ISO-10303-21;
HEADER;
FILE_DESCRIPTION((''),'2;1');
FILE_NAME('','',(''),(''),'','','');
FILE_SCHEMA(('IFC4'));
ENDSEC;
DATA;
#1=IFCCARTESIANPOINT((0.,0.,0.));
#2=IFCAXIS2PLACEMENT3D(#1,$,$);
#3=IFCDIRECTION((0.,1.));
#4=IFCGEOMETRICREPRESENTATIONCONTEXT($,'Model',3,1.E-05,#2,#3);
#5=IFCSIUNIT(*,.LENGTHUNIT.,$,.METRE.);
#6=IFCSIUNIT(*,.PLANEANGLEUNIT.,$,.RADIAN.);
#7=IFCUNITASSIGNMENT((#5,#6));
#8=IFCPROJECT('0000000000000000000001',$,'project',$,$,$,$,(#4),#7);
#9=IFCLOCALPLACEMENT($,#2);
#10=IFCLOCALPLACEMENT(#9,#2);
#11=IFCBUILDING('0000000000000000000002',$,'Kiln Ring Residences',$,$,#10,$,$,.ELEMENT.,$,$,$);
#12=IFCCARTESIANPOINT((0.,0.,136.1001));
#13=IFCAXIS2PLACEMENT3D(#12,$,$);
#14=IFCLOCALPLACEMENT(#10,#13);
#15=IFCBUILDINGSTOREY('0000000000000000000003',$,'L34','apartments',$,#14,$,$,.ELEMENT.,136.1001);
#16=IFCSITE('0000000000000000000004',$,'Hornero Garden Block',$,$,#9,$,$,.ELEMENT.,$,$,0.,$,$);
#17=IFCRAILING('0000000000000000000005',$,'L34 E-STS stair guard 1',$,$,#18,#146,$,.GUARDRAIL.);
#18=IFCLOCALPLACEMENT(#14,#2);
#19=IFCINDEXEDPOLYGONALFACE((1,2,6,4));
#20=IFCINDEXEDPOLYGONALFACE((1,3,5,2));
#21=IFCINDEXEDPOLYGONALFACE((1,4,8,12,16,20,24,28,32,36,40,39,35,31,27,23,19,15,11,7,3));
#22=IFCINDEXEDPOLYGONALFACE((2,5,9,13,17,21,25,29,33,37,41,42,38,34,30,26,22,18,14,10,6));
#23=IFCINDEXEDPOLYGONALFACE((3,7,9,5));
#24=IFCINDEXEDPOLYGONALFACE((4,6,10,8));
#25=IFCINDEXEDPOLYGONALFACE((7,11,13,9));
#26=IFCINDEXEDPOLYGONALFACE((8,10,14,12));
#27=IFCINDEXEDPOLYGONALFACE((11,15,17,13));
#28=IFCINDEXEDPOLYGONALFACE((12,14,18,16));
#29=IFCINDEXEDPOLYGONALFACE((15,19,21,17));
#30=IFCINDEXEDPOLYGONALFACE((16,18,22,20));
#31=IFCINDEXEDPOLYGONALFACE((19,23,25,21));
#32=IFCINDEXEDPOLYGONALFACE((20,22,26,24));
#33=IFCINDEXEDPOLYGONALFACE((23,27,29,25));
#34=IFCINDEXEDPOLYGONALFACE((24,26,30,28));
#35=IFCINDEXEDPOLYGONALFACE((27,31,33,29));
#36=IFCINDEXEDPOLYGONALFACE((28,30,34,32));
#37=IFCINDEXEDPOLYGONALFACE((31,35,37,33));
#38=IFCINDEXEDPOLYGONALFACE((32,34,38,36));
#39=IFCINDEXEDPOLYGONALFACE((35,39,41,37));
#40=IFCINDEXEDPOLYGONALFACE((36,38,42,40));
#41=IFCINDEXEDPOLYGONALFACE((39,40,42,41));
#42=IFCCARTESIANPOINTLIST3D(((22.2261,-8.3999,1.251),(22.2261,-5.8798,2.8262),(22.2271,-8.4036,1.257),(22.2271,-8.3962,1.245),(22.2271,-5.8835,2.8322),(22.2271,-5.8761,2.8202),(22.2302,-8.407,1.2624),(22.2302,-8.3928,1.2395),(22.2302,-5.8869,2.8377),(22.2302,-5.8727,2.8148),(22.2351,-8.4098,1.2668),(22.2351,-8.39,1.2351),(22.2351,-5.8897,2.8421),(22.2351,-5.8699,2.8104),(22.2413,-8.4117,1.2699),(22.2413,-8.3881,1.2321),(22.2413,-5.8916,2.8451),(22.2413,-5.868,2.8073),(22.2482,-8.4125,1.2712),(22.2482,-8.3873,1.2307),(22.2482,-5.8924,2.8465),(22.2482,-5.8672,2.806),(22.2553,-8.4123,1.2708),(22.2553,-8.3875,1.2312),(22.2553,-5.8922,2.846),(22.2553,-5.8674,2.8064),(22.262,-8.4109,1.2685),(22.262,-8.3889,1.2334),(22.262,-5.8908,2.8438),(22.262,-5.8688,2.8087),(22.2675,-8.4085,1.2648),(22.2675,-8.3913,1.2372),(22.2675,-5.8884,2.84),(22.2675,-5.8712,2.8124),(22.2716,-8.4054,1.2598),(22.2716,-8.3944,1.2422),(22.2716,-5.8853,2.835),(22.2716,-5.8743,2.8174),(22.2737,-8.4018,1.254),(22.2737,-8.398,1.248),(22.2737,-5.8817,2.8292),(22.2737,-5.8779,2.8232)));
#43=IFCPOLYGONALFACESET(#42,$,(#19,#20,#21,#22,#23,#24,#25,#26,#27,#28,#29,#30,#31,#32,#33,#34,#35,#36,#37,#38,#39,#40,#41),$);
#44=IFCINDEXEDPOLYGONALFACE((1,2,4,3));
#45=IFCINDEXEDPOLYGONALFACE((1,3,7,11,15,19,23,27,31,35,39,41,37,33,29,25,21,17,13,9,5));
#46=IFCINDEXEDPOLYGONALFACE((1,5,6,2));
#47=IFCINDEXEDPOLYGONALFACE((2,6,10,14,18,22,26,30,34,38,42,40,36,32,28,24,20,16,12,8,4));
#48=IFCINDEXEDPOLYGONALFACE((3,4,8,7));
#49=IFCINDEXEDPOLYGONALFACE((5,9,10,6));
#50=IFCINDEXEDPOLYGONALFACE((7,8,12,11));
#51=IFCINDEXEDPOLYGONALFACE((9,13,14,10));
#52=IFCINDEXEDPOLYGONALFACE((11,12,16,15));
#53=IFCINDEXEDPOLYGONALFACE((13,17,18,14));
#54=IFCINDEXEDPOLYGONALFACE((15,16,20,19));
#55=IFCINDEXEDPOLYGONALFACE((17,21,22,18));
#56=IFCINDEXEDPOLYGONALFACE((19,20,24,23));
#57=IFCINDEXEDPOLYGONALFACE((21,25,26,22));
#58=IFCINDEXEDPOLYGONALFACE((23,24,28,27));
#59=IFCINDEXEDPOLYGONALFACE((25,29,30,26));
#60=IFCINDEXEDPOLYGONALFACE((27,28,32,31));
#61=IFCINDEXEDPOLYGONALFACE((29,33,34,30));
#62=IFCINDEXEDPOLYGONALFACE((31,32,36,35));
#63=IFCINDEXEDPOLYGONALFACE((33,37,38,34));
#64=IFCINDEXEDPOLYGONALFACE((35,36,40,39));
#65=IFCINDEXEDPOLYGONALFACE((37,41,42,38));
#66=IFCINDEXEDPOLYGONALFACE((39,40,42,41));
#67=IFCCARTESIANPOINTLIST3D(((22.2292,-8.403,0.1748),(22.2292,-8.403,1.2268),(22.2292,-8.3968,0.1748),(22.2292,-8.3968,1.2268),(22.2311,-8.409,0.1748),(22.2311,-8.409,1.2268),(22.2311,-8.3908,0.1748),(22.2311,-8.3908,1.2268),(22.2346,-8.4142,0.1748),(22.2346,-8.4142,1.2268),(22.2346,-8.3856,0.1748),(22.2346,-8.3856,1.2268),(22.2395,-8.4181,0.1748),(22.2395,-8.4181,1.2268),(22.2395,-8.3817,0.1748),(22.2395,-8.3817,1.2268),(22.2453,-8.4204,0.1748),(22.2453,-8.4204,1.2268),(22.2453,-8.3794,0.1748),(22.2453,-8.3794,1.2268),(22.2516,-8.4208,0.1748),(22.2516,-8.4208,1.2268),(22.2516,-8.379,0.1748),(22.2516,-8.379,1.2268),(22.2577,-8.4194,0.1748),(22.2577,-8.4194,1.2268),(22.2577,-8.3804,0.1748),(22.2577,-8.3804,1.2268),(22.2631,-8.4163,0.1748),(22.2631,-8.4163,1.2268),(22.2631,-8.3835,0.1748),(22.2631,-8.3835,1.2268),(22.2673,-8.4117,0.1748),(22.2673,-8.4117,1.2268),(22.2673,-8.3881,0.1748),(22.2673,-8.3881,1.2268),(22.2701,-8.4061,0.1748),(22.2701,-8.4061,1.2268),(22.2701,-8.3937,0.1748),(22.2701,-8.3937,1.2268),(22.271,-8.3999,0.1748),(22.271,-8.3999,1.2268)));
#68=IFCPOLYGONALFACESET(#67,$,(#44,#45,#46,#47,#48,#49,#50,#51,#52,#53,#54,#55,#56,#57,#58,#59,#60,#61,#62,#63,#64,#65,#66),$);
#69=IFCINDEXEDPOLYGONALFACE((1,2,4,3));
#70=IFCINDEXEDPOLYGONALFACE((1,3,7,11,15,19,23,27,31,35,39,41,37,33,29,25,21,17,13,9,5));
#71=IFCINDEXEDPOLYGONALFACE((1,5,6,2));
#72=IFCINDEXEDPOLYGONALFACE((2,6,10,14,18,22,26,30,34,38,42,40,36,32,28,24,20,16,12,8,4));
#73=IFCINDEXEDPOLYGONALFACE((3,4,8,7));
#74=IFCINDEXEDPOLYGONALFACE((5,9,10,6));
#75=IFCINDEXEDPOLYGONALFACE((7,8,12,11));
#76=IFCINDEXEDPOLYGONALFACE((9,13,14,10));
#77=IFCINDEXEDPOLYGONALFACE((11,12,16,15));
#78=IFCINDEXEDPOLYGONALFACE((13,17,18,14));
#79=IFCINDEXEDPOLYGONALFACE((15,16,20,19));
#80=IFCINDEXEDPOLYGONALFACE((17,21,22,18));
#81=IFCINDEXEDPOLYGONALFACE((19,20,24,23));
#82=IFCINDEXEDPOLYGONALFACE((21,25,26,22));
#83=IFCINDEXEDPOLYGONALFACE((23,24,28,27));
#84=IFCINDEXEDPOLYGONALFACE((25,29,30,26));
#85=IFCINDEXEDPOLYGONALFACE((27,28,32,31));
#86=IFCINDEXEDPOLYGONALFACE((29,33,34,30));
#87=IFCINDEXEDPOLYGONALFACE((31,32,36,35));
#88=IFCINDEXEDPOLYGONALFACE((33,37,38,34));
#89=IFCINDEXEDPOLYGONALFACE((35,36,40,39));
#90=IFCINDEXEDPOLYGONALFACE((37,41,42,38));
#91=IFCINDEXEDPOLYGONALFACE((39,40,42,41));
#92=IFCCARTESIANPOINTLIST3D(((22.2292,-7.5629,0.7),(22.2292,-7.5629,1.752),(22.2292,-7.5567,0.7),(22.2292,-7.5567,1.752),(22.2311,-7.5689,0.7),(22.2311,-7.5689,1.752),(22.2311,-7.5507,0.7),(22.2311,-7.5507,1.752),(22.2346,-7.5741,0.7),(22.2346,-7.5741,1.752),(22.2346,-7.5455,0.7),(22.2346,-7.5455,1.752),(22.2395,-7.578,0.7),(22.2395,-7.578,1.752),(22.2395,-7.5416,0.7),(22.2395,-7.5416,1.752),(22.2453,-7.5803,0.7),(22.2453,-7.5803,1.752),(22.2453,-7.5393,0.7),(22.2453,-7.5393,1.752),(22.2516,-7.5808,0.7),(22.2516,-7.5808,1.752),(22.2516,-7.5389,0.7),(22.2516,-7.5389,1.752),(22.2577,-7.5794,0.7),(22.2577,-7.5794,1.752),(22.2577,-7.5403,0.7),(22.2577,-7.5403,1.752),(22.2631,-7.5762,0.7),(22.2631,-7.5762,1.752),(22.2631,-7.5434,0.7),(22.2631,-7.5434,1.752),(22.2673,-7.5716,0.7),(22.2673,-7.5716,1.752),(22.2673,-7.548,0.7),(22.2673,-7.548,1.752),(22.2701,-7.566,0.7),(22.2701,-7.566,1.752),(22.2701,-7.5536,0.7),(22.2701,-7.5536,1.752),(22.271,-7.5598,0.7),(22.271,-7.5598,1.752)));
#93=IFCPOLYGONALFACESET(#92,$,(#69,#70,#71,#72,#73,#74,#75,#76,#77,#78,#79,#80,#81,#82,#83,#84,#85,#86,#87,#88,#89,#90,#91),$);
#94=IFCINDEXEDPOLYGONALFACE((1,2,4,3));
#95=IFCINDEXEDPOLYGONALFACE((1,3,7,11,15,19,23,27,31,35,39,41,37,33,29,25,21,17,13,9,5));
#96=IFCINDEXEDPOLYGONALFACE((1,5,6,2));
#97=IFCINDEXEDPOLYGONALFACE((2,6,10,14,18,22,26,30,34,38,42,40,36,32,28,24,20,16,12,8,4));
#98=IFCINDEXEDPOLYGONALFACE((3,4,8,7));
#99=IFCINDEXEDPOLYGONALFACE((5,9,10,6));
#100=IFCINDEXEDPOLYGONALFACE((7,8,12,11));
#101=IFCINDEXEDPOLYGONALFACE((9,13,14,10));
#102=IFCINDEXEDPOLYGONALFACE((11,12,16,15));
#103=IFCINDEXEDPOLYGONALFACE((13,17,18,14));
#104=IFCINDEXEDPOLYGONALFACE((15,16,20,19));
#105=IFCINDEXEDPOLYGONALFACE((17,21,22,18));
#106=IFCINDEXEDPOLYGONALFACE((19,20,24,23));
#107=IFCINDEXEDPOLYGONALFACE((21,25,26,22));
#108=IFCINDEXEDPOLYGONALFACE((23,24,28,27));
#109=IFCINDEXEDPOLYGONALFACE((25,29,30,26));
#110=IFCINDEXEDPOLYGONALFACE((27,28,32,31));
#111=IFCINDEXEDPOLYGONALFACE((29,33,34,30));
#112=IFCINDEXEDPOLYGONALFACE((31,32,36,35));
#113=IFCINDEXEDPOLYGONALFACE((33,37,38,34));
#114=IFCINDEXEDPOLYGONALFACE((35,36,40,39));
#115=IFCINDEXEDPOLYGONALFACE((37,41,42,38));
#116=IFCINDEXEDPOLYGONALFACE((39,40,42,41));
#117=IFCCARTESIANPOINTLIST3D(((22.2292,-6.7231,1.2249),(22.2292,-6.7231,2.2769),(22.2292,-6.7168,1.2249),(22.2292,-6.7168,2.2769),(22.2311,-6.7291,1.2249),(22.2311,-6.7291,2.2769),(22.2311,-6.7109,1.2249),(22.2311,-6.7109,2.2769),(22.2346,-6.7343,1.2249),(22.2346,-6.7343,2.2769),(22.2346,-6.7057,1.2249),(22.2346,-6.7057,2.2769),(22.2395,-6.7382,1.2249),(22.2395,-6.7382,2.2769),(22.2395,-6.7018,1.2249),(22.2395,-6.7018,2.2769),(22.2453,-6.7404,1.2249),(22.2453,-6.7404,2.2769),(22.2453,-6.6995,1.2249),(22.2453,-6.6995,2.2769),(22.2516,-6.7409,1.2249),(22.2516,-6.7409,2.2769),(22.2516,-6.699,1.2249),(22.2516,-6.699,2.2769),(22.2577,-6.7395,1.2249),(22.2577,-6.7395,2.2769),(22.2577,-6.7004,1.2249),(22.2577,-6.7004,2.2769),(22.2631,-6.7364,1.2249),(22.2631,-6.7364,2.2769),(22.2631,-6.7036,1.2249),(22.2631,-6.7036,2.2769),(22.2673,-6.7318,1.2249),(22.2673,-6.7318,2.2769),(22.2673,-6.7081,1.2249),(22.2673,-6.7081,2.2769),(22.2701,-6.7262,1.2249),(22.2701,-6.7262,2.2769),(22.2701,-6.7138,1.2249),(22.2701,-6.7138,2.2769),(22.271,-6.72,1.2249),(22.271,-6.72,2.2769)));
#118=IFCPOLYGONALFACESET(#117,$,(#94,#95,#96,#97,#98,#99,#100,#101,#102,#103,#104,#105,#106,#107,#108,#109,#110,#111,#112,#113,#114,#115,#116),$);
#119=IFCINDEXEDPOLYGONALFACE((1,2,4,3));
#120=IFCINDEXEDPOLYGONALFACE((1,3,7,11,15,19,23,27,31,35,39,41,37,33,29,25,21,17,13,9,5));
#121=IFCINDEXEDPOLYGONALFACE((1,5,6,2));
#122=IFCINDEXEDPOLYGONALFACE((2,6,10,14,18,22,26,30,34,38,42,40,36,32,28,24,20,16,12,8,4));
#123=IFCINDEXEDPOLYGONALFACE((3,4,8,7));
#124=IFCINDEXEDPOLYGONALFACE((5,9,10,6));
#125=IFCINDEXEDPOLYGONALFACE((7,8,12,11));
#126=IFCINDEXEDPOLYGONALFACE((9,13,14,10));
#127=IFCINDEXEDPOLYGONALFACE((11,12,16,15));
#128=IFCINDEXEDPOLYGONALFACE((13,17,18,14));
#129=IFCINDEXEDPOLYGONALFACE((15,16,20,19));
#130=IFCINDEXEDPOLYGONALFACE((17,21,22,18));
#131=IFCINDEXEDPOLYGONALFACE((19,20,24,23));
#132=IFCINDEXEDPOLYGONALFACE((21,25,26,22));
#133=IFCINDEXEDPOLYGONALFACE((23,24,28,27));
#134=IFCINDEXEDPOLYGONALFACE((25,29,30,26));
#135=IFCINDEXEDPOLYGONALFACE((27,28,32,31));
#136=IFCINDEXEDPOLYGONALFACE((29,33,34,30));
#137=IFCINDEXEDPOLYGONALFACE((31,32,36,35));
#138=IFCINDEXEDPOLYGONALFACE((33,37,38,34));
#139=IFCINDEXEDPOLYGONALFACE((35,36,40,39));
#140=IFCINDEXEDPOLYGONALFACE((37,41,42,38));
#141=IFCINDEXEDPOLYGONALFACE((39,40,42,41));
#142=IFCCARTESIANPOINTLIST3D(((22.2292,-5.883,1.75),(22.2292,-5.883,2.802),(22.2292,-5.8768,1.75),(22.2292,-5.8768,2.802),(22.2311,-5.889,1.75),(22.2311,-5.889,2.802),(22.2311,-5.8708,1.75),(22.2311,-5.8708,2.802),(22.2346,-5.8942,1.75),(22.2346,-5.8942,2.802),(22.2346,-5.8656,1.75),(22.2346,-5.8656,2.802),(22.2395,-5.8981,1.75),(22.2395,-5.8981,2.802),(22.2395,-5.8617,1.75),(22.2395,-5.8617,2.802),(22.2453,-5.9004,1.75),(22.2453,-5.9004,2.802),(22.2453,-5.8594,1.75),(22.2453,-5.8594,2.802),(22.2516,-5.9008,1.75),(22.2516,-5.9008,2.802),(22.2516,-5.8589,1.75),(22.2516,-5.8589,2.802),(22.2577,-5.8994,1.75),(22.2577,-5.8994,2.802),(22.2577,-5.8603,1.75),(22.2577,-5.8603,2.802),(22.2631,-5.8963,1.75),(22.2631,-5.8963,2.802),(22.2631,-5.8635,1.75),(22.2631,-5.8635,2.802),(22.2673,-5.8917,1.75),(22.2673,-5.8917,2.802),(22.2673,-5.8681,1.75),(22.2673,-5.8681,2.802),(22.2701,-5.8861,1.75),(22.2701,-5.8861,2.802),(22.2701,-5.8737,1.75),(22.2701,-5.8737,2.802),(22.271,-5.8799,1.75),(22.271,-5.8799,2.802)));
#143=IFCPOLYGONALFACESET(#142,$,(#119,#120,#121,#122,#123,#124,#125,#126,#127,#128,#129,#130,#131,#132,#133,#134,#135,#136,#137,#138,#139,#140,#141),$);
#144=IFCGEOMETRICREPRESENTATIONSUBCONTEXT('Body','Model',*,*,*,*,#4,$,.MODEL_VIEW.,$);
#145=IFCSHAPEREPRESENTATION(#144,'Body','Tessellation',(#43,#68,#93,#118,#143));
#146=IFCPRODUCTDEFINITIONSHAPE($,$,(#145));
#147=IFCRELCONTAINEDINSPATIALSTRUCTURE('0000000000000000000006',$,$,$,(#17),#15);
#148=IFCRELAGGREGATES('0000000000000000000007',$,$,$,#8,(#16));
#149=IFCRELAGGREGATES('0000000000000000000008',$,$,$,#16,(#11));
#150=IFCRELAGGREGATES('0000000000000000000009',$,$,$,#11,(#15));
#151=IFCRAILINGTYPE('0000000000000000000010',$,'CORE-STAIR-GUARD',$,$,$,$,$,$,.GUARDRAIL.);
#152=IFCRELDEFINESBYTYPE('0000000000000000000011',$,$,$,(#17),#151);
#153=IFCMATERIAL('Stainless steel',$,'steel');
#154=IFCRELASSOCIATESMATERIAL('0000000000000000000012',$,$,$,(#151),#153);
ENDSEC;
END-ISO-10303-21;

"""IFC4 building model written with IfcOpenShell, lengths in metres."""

from ifc_helpers import new_model, si_unit, direction, frame, origin, origin_2d, place, context, subcontext, project, spatial, circle, extrude, material, type_object, element, save


model = new_model("IFC4")

# Units and contexts
model_context = context("Model", 3, precision=1e-05, world=origin(), true_north=direction((0.0, 1.0)))
body_context = subcontext(model_context, "Body", "Model", "MODEL_VIEW")
ifc_project = project(units=[si_unit("LENGTHUNIT", "METRE"), si_unit("PLANEANGLEUNIT", "RADIAN")], contexts=[model_context])

# Site, building, storey
site_placement = place(None, origin())
site = spatial("IfcSite", under=ifc_project, at=site_placement, Name="Hornero Garden Block", CompositionType="ELEMENT", RefElevation=0.0)
building_placement = place(site_placement, origin())
building = spatial("IfcBuilding", under=site, at=building_placement, Name="Kiln Ring Residences", CompositionType="ELEMENT")
storey_placement = place(building_placement, frame((0.0, 0.0, 136.1001)))
storey = spatial("IfcBuildingStorey", under=building, at=storey_placement, Name="L34", Description="apartments", CompositionType="ELEMENT", Elevation=136.1001)

# Railing
ifc_material_1 = material(Name="Stainless steel", Category="steel")
railing_type_1 = type_object("IfcRailingType", Name="CORE-STAIR-GUARD", PredefinedType="GUARDRAIL", material=ifc_material_1)
railing_1_placement = place(storey_placement, frame((22.25, -8.3999, 0.1748)))
element("IfcRailing", 1, at=railing_1_placement, inside=storey, type_object=railing_type_1, Name="L34 E-STS stair guard 1", PredefinedType="GUARDRAIL", context=body_context, shape_type="SweptSolid", body=[
    extrude(circle(Radius=0.0239, at=origin_2d()), frame((0.0, 0.0, 1.0762), z_axis=(0.0, 0.847971, 0.530043), x_axis=(-1.0, 0.0, 0.0)), (0.0, 0.0, 1.0), 2.9719),
    extrude(circle(Radius=0.021, at=origin_2d()), origin(), (0.0, 0.0, 1.0), 1.052),
    extrude(circle(Radius=0.021, at=origin_2d()), frame((0.0, 0.8401, 0.5251)), (0.0, 0.0, 1.0), 1.052),
    extrude(circle(Radius=0.021, at=origin_2d()), frame((0.0, 1.6799, 1.05)), (0.0, 0.0, 1.0), 1.052),
    extrude(circle(Radius=0.021, at=origin_2d()), frame((0.0, 2.52, 1.5752)), (0.0, 0.0, 1.0), 1.052),
])

save(model, "model.ifc")
